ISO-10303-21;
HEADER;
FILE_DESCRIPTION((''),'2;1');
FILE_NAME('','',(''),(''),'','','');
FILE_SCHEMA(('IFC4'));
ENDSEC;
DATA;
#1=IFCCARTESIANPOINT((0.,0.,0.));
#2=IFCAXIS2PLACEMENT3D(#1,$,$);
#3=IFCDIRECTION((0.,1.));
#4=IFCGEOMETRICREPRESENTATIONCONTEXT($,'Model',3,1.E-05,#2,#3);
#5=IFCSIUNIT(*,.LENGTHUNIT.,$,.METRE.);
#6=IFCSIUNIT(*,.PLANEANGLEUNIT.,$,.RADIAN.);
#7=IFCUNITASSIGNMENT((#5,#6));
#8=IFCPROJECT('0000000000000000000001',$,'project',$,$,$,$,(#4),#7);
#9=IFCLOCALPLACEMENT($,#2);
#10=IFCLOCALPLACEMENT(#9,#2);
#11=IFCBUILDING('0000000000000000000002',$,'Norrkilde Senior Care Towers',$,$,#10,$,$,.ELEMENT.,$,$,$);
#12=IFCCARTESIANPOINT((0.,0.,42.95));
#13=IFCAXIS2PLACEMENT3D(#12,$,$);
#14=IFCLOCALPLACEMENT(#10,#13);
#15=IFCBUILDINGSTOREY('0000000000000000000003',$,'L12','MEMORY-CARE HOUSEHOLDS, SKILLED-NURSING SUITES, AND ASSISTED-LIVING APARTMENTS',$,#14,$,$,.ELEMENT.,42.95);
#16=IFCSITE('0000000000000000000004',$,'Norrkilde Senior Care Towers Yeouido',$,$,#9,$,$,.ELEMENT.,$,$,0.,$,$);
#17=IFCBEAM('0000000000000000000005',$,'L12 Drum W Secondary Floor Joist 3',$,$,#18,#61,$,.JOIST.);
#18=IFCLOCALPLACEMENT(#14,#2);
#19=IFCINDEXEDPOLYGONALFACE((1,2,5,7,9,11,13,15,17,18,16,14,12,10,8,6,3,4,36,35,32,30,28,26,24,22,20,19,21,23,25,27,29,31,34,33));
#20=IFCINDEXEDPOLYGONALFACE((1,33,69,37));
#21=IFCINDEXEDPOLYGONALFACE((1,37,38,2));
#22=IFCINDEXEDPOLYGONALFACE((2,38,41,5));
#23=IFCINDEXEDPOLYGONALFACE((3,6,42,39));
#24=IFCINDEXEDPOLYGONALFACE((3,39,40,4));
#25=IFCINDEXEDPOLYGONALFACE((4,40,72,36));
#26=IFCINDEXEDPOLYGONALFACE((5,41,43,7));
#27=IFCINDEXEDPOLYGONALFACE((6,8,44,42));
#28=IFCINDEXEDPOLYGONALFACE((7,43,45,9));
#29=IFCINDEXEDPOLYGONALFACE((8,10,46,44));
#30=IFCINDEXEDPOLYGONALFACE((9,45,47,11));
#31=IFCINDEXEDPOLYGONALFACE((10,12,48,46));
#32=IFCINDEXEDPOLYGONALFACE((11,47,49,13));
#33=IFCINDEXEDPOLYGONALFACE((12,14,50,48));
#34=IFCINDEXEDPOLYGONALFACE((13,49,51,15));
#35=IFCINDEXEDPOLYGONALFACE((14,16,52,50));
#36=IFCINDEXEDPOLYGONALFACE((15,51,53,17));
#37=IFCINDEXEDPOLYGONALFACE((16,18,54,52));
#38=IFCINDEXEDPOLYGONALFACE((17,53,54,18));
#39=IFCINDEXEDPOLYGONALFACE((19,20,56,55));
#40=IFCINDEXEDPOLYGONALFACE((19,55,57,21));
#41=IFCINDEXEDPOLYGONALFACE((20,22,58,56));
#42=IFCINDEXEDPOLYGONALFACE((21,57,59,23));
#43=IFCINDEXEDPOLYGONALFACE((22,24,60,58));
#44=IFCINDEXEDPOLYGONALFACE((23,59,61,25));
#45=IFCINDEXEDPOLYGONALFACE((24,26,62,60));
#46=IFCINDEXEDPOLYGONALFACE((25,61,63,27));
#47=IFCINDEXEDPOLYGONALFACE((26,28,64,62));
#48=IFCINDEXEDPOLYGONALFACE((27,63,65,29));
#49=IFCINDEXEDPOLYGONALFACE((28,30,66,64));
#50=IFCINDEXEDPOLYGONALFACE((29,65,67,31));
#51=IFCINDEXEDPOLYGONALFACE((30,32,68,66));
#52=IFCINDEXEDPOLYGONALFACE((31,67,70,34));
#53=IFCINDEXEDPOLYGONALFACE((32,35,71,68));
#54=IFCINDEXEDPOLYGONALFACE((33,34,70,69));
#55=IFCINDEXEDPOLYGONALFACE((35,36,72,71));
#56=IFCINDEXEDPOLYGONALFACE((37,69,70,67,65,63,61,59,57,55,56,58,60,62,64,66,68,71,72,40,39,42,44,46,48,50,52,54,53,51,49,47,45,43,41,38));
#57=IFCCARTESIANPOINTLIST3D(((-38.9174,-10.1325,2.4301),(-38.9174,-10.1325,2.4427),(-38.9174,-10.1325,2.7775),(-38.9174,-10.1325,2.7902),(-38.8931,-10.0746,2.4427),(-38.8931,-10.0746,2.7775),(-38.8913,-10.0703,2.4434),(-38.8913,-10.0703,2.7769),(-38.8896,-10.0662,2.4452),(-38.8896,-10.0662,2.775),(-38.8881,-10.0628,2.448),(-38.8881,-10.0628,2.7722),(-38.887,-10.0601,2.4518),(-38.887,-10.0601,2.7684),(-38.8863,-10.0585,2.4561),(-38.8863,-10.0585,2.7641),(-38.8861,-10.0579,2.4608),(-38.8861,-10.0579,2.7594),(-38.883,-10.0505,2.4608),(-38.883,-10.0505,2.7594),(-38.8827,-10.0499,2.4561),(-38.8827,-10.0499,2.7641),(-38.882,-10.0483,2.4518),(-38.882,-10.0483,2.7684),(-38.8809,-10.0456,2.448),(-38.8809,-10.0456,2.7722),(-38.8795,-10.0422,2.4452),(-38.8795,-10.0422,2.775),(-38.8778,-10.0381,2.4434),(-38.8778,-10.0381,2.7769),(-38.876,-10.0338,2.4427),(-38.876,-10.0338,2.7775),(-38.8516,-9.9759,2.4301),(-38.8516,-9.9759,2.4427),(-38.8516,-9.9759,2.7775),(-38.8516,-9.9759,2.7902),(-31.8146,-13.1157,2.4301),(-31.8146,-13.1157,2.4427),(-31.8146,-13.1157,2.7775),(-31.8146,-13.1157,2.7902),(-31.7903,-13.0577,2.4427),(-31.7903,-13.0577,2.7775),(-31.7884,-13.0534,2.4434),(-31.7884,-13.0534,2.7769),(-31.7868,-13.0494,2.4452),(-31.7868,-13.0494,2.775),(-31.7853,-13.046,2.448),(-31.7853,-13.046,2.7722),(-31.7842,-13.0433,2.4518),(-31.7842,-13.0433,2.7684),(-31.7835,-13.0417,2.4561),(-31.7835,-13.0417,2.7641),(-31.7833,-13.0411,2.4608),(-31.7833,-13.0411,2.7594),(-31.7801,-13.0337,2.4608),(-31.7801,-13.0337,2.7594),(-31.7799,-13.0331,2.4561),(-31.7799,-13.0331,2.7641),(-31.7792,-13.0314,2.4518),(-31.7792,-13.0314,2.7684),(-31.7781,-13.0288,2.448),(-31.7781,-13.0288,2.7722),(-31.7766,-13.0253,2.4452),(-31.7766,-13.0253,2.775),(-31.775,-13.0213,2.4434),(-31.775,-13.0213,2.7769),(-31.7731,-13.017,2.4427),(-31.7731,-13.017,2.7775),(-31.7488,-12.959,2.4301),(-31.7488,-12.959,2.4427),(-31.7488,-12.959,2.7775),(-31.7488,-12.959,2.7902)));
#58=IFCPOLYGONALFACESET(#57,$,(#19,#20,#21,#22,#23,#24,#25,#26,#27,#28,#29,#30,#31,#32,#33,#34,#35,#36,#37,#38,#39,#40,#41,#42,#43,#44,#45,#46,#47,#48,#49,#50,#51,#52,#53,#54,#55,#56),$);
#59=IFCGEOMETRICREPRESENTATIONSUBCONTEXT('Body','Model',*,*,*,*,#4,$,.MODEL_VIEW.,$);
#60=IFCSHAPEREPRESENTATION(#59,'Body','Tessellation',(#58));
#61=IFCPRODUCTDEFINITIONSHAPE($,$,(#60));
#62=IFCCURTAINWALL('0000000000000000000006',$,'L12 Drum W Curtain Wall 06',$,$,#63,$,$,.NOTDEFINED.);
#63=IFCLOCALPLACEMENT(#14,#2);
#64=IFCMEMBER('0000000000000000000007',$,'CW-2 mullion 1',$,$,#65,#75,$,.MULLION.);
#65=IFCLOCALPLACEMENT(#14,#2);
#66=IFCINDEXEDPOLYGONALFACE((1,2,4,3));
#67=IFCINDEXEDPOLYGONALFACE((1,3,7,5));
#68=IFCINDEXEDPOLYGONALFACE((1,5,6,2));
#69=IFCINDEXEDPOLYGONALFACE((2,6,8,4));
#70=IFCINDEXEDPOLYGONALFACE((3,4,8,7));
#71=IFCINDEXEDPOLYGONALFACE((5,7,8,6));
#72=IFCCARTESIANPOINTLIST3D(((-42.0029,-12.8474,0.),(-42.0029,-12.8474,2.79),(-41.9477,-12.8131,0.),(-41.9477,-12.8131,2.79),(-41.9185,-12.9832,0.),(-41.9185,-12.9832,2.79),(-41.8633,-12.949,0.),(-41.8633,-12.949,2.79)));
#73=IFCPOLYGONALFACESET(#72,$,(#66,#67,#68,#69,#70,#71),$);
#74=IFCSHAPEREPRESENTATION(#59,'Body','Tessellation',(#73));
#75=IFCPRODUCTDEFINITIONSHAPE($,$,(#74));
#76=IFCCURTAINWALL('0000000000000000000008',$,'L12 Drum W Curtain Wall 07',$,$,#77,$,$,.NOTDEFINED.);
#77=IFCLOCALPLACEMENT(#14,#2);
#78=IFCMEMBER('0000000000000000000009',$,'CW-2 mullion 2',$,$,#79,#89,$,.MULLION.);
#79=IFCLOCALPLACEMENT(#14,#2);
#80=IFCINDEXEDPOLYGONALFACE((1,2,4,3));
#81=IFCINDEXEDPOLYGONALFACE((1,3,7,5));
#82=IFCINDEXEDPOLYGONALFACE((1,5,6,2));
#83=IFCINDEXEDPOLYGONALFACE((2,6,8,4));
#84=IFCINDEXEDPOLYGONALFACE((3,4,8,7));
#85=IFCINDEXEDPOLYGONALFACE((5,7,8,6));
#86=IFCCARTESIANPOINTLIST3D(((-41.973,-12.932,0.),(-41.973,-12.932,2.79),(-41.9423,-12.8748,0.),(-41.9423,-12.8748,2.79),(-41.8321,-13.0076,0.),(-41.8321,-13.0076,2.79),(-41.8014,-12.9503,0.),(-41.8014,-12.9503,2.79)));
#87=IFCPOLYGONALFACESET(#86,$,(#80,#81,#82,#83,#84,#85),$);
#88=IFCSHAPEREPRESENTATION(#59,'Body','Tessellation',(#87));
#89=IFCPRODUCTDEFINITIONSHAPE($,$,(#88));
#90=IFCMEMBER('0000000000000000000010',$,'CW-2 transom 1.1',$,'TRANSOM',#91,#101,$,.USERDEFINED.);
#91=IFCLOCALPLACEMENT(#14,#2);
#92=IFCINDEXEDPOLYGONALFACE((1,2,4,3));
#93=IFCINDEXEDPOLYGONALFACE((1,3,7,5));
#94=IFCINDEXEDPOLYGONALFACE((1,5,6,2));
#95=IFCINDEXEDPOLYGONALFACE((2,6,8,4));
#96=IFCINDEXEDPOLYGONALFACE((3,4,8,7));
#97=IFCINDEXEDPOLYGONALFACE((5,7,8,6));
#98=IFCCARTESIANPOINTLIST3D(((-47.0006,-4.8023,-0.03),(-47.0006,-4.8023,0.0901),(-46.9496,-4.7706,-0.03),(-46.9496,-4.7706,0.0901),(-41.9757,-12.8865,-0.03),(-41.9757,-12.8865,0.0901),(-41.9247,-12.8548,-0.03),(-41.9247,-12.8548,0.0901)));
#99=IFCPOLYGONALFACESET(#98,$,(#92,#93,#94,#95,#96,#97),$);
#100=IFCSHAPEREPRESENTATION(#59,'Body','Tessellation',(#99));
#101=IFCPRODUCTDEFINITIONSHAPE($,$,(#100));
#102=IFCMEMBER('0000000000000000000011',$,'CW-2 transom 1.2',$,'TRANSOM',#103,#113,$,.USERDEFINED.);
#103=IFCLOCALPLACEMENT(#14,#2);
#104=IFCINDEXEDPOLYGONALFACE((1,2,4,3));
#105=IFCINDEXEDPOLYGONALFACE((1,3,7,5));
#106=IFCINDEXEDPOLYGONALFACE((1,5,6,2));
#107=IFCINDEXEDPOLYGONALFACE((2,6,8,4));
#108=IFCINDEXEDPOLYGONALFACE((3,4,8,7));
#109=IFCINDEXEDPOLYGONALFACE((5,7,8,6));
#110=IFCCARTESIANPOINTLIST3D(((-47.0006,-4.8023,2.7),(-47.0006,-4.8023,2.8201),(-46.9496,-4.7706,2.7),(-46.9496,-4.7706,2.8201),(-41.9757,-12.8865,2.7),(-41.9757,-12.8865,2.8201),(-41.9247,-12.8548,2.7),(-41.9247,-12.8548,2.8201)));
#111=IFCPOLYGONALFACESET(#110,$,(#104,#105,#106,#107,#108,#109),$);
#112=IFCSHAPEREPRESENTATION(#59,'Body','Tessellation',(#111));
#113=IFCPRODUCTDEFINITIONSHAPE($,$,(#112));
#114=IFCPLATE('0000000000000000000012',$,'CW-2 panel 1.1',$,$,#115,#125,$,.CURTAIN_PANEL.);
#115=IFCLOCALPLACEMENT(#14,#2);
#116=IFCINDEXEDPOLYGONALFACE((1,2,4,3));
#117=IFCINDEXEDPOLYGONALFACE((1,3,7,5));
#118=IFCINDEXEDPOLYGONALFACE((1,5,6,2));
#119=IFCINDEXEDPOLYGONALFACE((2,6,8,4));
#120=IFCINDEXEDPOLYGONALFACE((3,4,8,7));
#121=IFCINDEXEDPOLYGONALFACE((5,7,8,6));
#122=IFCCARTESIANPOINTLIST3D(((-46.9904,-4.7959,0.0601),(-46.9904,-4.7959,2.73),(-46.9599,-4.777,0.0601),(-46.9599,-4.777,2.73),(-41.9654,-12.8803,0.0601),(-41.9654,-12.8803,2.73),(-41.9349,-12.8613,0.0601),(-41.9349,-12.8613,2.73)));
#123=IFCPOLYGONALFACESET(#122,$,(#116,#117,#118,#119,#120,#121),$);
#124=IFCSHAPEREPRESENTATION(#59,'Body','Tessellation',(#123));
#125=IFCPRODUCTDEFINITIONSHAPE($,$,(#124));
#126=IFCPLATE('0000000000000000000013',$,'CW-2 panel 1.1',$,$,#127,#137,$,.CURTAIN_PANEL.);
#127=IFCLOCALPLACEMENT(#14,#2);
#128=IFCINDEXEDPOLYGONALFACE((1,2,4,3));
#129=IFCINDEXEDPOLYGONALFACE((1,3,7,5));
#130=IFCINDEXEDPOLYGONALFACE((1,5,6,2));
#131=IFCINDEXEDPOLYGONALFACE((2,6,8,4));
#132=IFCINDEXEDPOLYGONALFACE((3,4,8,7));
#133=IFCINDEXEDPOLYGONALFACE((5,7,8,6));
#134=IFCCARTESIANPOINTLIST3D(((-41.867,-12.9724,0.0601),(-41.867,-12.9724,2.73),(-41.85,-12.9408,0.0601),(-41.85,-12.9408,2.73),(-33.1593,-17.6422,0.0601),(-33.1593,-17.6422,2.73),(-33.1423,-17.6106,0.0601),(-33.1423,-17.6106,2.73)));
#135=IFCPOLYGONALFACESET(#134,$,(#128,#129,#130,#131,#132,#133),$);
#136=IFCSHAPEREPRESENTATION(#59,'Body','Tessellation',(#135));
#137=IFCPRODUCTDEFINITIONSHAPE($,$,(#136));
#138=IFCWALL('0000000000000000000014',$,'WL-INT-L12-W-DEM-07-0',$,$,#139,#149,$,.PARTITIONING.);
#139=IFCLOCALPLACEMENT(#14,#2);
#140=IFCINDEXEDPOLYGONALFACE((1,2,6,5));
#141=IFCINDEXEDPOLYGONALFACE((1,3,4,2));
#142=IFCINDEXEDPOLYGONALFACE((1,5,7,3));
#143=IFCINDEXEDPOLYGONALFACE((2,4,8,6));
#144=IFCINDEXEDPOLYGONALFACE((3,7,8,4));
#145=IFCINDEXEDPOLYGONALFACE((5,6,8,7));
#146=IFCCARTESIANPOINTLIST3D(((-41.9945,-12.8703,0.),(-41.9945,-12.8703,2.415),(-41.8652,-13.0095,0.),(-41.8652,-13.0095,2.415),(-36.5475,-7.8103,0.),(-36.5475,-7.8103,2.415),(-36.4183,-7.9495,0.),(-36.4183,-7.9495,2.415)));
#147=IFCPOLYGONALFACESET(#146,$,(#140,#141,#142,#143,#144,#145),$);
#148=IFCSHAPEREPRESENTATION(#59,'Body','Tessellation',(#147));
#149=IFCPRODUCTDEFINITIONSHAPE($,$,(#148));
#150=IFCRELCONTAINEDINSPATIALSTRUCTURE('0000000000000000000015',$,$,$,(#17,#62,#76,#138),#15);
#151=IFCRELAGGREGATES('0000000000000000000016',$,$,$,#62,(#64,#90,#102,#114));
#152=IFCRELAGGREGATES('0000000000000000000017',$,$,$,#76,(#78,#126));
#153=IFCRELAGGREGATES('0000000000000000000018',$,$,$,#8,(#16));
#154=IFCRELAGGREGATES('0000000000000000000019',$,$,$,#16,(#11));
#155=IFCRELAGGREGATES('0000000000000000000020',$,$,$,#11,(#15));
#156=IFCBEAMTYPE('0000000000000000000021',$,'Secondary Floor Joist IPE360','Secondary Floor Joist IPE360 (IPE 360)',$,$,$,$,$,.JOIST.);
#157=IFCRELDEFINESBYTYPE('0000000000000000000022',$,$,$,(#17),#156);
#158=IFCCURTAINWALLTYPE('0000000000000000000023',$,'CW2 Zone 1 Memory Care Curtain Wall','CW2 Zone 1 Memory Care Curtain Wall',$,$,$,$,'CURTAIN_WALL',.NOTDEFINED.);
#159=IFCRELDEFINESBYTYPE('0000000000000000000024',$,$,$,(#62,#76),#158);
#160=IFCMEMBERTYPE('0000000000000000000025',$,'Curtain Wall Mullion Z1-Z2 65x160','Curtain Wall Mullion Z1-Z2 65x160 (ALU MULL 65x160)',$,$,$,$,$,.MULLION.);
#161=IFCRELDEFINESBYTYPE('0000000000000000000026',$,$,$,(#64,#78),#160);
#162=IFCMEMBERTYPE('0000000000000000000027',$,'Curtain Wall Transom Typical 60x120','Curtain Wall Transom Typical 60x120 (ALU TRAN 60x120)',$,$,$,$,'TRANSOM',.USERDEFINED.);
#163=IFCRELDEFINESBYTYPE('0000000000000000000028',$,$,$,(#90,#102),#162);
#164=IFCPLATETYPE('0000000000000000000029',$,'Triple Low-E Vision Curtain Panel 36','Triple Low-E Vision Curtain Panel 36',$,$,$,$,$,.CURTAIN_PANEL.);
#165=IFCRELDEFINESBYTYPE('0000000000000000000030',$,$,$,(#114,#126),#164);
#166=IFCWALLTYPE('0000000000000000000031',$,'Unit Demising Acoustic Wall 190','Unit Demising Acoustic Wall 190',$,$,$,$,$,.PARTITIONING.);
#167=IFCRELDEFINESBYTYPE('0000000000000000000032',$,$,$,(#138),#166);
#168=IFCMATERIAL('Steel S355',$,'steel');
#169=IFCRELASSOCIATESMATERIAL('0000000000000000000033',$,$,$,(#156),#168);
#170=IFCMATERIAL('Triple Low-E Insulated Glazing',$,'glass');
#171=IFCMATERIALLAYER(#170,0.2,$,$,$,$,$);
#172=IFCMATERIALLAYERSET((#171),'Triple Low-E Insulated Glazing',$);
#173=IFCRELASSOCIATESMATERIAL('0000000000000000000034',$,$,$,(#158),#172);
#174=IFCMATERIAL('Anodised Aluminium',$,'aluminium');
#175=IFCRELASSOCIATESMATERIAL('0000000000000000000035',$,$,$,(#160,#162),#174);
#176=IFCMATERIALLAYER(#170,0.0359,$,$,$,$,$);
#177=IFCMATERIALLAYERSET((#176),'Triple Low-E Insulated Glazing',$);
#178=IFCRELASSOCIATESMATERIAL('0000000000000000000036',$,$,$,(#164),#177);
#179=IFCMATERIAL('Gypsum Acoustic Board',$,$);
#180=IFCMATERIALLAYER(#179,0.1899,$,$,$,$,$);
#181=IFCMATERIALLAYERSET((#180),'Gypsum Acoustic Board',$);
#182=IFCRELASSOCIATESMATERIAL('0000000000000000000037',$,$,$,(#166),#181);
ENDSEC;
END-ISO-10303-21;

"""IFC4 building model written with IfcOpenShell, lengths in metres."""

from ifc_helpers import new_model, si_unit, direction, frame, frame_2d, origin, origin_2d, place, context, subcontext, project, spatial, rectangle, i_section, extrude, source, transform, mapped, material, layer, layer_set, material_profile, profile_set, type_object, type_shapes, element, aggregate, save


model = new_model("IFC4")

# Units and contexts
model_context = context("Model", 3, precision=1e-05, world=origin(), true_north=direction((0.0, 1.0)))
body_context = subcontext(model_context, "Body", "Model", "MODEL_VIEW")
ifc_project = project(units=[si_unit("LENGTHUNIT", "METRE"), si_unit("PLANEANGLEUNIT", "RADIAN")], contexts=[model_context])

# Site, building, storey
site_placement = place(None, origin())
site = spatial("IfcSite", under=ifc_project, at=site_placement, Name="Norrkilde Senior Care Towers Yeouido", CompositionType="ELEMENT", RefElevation=0.0)
building_placement = place(site_placement, origin())
building = spatial("IfcBuilding", under=site, at=building_placement, Name="Norrkilde Senior Care Towers", CompositionType="ELEMENT")
storey_placement = place(building_placement, frame((0.0, 0.0, 42.95)))
storey = spatial("IfcBuildingStorey", under=building, at=storey_placement, Name="L12", Description="MEMORY-CARE HOUSEHOLDS, SKILLED-NURSING SUITES, AND ASSISTED-LIVING APARTMENTS", CompositionType="ELEMENT", Elevation=42.95)

# Beam
ifc_material_1 = material(Name="Steel S355", Category="steel")
ifc_material_profile_1 = material_profile(ifc_material_1, i_section(OverallWidth=0.1699, OverallDepth=0.3601, WebThickness=0.0081, FlangeThickness=0.0127, FilletRadius=0.0181, at=origin_2d()), Name="IPE 360")
ifc_profile_set_1 = profile_set([ifc_material_profile_1], Name="Steel S355")
beam_type_1 = type_object("IfcBeamType", Name="Secondary Floor Joist IPE360", Description="Secondary Floor Joist IPE360 (IPE 360)", PredefinedType="JOIST", material=ifc_profile_set_1)
shared_shape_1 = source(origin(), body_context, "Body", "SweptSolid", [
    extrude(i_section(OverallWidth=0.1699, OverallDepth=0.3601, WebThickness=0.0081, FlangeThickness=0.0127, FilletRadius=0.0181, at=origin_2d()), origin(), (0.0, 0.0, 1.0), 7.7039),
])
type_shapes(beam_type_1, [shared_shape_1])
beam_1_placement = place(storey_placement, frame((-38.8845, -10.0542, 2.6101), z_axis=(0.921983, -0.387231, 0.0), x_axis=(0.387231, 0.921983, 0.0)))
element("IfcBeam", 1, at=beam_1_placement, inside=storey, type_object=beam_type_1, Name="L12 Drum W Secondary Floor Joist 3", PredefinedType="JOIST", context=body_context, shape_type="MappedRepresentation", body=[
    mapped(shared_shape_1, transform((0.0, 0.0, 0.0), x_axis=(1.0, 0.0, 0.0), y_axis=(0.0, 1.0, 0.0), z_axis=(0.0, 0.0, 1.0), scale=1.0)),
])

# Curtain walls, members
ifc_material_2 = material(Name="Triple Low-E Insulated Glazing", Category="glass")
ifc_layer_1 = layer(ifc_material_2, 0.2)
ifc_layer_set_1 = layer_set([ifc_layer_1], Name="Triple Low-E Insulated Glazing")
curtain_wall_type = type_object("IfcCurtainWallType", Name="CW2 Zone 1 Memory Care Curtain Wall", Description="CW2 Zone 1 Memory Care Curtain Wall", ElementType="CURTAIN_WALL", PredefinedType="NOTDEFINED", material=ifc_layer_set_1)
curtain_wall_1_placement = place(storey_placement, origin())
curtain_wall_1 = element("IfcCurtainWall", 2, at=curtain_wall_1_placement, inside=storey, type_object=curtain_wall_type, Name="L12 Drum W Curtain Wall 06", PredefinedType="NOTDEFINED")
ifc_material_3 = material(Name="Anodised Aluminium", Category="aluminium")
ifc_material_profile_2 = material_profile(ifc_material_3, rectangle(XDim=0.0649, YDim=0.1599, at=origin_2d()), Name="ALU MULL 65x160")
ifc_profile_set_2 = profile_set([ifc_material_profile_2], Name="Anodised Aluminium")
member_type_1 = type_object("IfcMemberType", Name="Curtain Wall Mullion Z1-Z2 65x160", Description="Curtain Wall Mullion Z1-Z2 65x160 (ALU MULL 65x160)", PredefinedType="MULLION", material=ifc_profile_set_2)
shared_shape_2 = source(origin(), body_context, "Body", "SweptSolid", [
    extrude(rectangle(XDim=0.0649, YDim=0.1599, at=origin_2d()), origin(), (0.0, 0.0, 1.0), 2.79),
])
type_shapes(member_type_1, [shared_shape_2])
member_1_placement = place(storey_placement, frame((-41.9331, -12.8982, 0.0), z_axis=(0.0, 0.0, 1.0), x_axis=(-0.849306, -0.527901, 0.0)))
member_1 = element("IfcMember", 3, at=member_1_placement, type_object=member_type_1, Name="CW-2 mullion 1", PredefinedType="MULLION", context=body_context, shape_type="MappedRepresentation", body=[
    mapped(shared_shape_2, transform((0.0, 0.0, 0.0), x_axis=(1.0, 0.0, 0.0), y_axis=(0.0, 1.0, 0.0), z_axis=(0.0, 0.0, 1.0), scale=1.0)),
])
curtain_wall_2_placement = place(storey_placement, origin())
curtain_wall_2 = element("IfcCurtainWall", 4, at=curtain_wall_2_placement, inside=storey, type_object=curtain_wall_type, Name="L12 Drum W Curtain Wall 07", PredefinedType="NOTDEFINED")
member_2_placement = place(storey_placement, frame((-41.8872, -12.9412, 0.0), z_axis=(0.0, 0.0, 1.0), x_axis=(-0.472608, -0.881273, 0.0)))
member_2 = element("IfcMember", 5, at=member_2_placement, type_object=member_type_1, Name="CW-2 mullion 2", PredefinedType="MULLION", context=body_context, shape_type="MappedRepresentation", body=[
    mapped(shared_shape_2, transform((0.0, 0.0, 0.0), x_axis=(1.0, 0.0, 0.0), y_axis=(0.0, 1.0, 0.0), z_axis=(0.0, 0.0, 1.0), scale=1.0)),
])

# Members
ifc_material_profile_3 = material_profile(ifc_material_3, rectangle(XDim=0.0601, YDim=0.1201, at=origin_2d()), Name="ALU TRAN 60x120")
ifc_profile_set_3 = profile_set([ifc_material_profile_3], Name="Anodised Aluminium")
member_type_2 = type_object("IfcMemberType", Name="Curtain Wall Transom Typical 60x120", Description="Curtain Wall Transom Typical 60x120 (ALU TRAN 60x120)", ElementType="TRANSOM", PredefinedType="USERDEFINED", material=ifc_profile_set_3)
shared_shape_3 = source(origin(), body_context, "Body", "SweptSolid", [
    extrude(rectangle(XDim=0.0601, YDim=0.1201, at=origin_2d()), origin(), (0.0, 0.0, 1.0), 9.5186),
])
type_shapes(member_type_2, [shared_shape_3])
member_3_placement = place(storey_placement, frame((-41.9502, -12.8706, 0.03), z_axis=(-0.527902, 0.849306, 0.0), x_axis=(-0.849306, -0.527902, 0.0)))
member_3 = element("IfcMember", 6, at=member_3_placement, type_object=member_type_2, Name="CW-2 transom 1.1", ObjectType="TRANSOM", PredefinedType="USERDEFINED", context=body_context, shape_type="MappedRepresentation", body=[
    mapped(shared_shape_3, transform((0.0, 0.0, 0.0), x_axis=(1.0, 0.0, 0.0), y_axis=(0.0, 1.0, 0.0), z_axis=(0.0, 0.0, 1.0), scale=1.0)),
])
member_4_placement = place(storey_placement, frame((-41.9502, -12.8706, 2.76), z_axis=(-0.527902, 0.849306, 0.0), x_axis=(-0.849306, -0.527902, 0.0)))
member_4 = element("IfcMember", 7, at=member_4_placement, type_object=member_type_2, Name="CW-2 transom 1.2", ObjectType="TRANSOM", PredefinedType="USERDEFINED", context=body_context, shape_type="MappedRepresentation", body=[
    mapped(shared_shape_3, transform((0.0, 0.0, 0.0), x_axis=(1.0, 0.0, 0.0), y_axis=(0.0, 1.0, 0.0), z_axis=(0.0, 0.0, 1.0), scale=1.0)),
])

# Plates
ifc_layer_2 = layer(ifc_material_2, 0.0359)
ifc_layer_set_2 = layer_set([ifc_layer_2], Name="Triple Low-E Insulated Glazing")
plate_type = type_object("IfcPlateType", Name="Triple Low-E Vision Curtain Panel 36", Description="Triple Low-E Vision Curtain Panel 36", PredefinedType="CURTAIN_PANEL", material=ifc_layer_set_2)
shared_shape_4 = source(origin(), body_context, "Body", "SweptSolid", [
    extrude(rectangle(XDim=9.5188, YDim=0.0359, at=origin_2d()), origin(), (0.0, 0.0, 1.0), 2.6699),
])
plate_1_placement = place(storey_placement, frame((-44.4626, -8.8286, 0.0601), z_axis=(0.0, 0.0, 1.0), x_axis=(-0.527901, 0.849306, 0.0)))
plate_1 = element("IfcPlate", 8, at=plate_1_placement, type_object=plate_type, Name="CW-2 panel 1.1", PredefinedType="CURTAIN_PANEL", context=body_context, shape_type="MappedRepresentation", body=[
    mapped(shared_shape_4, transform((0.0, 0.0, 0.0), x_axis=(1.0, 0.0, 0.0), y_axis=(0.0, 1.0, 0.0), z_axis=(0.0, 0.0, 1.0), scale=1.0)),
])
aggregate(curtain_wall_1, [member_1, member_3, member_4, plate_1])
shared_shape_5 = source(origin(), body_context, "Body", "SweptSolid", [
    extrude(rectangle(XDim=9.8809, YDim=0.0359, at=origin_2d()), origin(), (0.0, 0.0, 1.0), 2.6699),
])
type_shapes(plate_type, [shared_shape_4, shared_shape_5])
plate_2_placement = place(storey_placement, frame((-37.5046, -15.2915, 0.0601), z_axis=(0.0, 0.0, 1.0), x_axis=(-0.881273, 0.472608, 0.0)))
plate_2 = element("IfcPlate", 9, at=plate_2_placement, type_object=plate_type, Name="CW-2 panel 1.1", PredefinedType="CURTAIN_PANEL", context=body_context, shape_type="MappedRepresentation", body=[
    mapped(shared_shape_5, transform((0.0, 0.0, 0.0), x_axis=(1.0, 0.0, 0.0), y_axis=(0.0, 1.0, 0.0), z_axis=(0.0, 0.0, 1.0), scale=1.0)),
])
aggregate(curtain_wall_2, [member_2, plate_2])

# Shared definitions
ifc_material_4 = material(Name="Gypsum Acoustic Board")

# Wall
ifc_layer_3 = layer(ifc_material_4, 0.1899)
ifc_layer_set_3 = layer_set([ifc_layer_3], Name="Gypsum Acoustic Board")
wall_type_1 = type_object("IfcWallType", Name="Unit Demising Acoustic Wall 190", Description="Unit Demising Acoustic Wall 190", PredefinedType="PARTITIONING", material=ifc_layer_set_3)
shared_shape_6 = source(origin(), body_context, "Body", "SweptSolid", [
    extrude(rectangle(XDim=7.4346, YDim=0.1899, at=frame_2d((3.7173, 0.0))), origin(), (0.0, 0.0, 1.0), 2.415),
])
type_shapes(wall_type_1, [shared_shape_6])
wall_1_placement = place(storey_placement, frame((-36.4829, -7.8799, 0.0), z_axis=(0.0, 0.0, 1.0), x_axis=(-0.732652, -0.680603, 0.0)))
element("IfcWall", 10, at=wall_1_placement, inside=storey, type_object=wall_type_1, Name="WL-INT-L12-W-DEM-07-0", PredefinedType="PARTITIONING", context=body_context, shape_type="MappedRepresentation", body=[
    mapped(shared_shape_6, transform((0.0, 0.0, 0.0), x_axis=(1.0, 0.0, 0.0), y_axis=(0.0, 1.0, 0.0), z_axis=(0.0, 0.0, 1.0), scale=1.0)),
])

save(model, "model.ifc")
